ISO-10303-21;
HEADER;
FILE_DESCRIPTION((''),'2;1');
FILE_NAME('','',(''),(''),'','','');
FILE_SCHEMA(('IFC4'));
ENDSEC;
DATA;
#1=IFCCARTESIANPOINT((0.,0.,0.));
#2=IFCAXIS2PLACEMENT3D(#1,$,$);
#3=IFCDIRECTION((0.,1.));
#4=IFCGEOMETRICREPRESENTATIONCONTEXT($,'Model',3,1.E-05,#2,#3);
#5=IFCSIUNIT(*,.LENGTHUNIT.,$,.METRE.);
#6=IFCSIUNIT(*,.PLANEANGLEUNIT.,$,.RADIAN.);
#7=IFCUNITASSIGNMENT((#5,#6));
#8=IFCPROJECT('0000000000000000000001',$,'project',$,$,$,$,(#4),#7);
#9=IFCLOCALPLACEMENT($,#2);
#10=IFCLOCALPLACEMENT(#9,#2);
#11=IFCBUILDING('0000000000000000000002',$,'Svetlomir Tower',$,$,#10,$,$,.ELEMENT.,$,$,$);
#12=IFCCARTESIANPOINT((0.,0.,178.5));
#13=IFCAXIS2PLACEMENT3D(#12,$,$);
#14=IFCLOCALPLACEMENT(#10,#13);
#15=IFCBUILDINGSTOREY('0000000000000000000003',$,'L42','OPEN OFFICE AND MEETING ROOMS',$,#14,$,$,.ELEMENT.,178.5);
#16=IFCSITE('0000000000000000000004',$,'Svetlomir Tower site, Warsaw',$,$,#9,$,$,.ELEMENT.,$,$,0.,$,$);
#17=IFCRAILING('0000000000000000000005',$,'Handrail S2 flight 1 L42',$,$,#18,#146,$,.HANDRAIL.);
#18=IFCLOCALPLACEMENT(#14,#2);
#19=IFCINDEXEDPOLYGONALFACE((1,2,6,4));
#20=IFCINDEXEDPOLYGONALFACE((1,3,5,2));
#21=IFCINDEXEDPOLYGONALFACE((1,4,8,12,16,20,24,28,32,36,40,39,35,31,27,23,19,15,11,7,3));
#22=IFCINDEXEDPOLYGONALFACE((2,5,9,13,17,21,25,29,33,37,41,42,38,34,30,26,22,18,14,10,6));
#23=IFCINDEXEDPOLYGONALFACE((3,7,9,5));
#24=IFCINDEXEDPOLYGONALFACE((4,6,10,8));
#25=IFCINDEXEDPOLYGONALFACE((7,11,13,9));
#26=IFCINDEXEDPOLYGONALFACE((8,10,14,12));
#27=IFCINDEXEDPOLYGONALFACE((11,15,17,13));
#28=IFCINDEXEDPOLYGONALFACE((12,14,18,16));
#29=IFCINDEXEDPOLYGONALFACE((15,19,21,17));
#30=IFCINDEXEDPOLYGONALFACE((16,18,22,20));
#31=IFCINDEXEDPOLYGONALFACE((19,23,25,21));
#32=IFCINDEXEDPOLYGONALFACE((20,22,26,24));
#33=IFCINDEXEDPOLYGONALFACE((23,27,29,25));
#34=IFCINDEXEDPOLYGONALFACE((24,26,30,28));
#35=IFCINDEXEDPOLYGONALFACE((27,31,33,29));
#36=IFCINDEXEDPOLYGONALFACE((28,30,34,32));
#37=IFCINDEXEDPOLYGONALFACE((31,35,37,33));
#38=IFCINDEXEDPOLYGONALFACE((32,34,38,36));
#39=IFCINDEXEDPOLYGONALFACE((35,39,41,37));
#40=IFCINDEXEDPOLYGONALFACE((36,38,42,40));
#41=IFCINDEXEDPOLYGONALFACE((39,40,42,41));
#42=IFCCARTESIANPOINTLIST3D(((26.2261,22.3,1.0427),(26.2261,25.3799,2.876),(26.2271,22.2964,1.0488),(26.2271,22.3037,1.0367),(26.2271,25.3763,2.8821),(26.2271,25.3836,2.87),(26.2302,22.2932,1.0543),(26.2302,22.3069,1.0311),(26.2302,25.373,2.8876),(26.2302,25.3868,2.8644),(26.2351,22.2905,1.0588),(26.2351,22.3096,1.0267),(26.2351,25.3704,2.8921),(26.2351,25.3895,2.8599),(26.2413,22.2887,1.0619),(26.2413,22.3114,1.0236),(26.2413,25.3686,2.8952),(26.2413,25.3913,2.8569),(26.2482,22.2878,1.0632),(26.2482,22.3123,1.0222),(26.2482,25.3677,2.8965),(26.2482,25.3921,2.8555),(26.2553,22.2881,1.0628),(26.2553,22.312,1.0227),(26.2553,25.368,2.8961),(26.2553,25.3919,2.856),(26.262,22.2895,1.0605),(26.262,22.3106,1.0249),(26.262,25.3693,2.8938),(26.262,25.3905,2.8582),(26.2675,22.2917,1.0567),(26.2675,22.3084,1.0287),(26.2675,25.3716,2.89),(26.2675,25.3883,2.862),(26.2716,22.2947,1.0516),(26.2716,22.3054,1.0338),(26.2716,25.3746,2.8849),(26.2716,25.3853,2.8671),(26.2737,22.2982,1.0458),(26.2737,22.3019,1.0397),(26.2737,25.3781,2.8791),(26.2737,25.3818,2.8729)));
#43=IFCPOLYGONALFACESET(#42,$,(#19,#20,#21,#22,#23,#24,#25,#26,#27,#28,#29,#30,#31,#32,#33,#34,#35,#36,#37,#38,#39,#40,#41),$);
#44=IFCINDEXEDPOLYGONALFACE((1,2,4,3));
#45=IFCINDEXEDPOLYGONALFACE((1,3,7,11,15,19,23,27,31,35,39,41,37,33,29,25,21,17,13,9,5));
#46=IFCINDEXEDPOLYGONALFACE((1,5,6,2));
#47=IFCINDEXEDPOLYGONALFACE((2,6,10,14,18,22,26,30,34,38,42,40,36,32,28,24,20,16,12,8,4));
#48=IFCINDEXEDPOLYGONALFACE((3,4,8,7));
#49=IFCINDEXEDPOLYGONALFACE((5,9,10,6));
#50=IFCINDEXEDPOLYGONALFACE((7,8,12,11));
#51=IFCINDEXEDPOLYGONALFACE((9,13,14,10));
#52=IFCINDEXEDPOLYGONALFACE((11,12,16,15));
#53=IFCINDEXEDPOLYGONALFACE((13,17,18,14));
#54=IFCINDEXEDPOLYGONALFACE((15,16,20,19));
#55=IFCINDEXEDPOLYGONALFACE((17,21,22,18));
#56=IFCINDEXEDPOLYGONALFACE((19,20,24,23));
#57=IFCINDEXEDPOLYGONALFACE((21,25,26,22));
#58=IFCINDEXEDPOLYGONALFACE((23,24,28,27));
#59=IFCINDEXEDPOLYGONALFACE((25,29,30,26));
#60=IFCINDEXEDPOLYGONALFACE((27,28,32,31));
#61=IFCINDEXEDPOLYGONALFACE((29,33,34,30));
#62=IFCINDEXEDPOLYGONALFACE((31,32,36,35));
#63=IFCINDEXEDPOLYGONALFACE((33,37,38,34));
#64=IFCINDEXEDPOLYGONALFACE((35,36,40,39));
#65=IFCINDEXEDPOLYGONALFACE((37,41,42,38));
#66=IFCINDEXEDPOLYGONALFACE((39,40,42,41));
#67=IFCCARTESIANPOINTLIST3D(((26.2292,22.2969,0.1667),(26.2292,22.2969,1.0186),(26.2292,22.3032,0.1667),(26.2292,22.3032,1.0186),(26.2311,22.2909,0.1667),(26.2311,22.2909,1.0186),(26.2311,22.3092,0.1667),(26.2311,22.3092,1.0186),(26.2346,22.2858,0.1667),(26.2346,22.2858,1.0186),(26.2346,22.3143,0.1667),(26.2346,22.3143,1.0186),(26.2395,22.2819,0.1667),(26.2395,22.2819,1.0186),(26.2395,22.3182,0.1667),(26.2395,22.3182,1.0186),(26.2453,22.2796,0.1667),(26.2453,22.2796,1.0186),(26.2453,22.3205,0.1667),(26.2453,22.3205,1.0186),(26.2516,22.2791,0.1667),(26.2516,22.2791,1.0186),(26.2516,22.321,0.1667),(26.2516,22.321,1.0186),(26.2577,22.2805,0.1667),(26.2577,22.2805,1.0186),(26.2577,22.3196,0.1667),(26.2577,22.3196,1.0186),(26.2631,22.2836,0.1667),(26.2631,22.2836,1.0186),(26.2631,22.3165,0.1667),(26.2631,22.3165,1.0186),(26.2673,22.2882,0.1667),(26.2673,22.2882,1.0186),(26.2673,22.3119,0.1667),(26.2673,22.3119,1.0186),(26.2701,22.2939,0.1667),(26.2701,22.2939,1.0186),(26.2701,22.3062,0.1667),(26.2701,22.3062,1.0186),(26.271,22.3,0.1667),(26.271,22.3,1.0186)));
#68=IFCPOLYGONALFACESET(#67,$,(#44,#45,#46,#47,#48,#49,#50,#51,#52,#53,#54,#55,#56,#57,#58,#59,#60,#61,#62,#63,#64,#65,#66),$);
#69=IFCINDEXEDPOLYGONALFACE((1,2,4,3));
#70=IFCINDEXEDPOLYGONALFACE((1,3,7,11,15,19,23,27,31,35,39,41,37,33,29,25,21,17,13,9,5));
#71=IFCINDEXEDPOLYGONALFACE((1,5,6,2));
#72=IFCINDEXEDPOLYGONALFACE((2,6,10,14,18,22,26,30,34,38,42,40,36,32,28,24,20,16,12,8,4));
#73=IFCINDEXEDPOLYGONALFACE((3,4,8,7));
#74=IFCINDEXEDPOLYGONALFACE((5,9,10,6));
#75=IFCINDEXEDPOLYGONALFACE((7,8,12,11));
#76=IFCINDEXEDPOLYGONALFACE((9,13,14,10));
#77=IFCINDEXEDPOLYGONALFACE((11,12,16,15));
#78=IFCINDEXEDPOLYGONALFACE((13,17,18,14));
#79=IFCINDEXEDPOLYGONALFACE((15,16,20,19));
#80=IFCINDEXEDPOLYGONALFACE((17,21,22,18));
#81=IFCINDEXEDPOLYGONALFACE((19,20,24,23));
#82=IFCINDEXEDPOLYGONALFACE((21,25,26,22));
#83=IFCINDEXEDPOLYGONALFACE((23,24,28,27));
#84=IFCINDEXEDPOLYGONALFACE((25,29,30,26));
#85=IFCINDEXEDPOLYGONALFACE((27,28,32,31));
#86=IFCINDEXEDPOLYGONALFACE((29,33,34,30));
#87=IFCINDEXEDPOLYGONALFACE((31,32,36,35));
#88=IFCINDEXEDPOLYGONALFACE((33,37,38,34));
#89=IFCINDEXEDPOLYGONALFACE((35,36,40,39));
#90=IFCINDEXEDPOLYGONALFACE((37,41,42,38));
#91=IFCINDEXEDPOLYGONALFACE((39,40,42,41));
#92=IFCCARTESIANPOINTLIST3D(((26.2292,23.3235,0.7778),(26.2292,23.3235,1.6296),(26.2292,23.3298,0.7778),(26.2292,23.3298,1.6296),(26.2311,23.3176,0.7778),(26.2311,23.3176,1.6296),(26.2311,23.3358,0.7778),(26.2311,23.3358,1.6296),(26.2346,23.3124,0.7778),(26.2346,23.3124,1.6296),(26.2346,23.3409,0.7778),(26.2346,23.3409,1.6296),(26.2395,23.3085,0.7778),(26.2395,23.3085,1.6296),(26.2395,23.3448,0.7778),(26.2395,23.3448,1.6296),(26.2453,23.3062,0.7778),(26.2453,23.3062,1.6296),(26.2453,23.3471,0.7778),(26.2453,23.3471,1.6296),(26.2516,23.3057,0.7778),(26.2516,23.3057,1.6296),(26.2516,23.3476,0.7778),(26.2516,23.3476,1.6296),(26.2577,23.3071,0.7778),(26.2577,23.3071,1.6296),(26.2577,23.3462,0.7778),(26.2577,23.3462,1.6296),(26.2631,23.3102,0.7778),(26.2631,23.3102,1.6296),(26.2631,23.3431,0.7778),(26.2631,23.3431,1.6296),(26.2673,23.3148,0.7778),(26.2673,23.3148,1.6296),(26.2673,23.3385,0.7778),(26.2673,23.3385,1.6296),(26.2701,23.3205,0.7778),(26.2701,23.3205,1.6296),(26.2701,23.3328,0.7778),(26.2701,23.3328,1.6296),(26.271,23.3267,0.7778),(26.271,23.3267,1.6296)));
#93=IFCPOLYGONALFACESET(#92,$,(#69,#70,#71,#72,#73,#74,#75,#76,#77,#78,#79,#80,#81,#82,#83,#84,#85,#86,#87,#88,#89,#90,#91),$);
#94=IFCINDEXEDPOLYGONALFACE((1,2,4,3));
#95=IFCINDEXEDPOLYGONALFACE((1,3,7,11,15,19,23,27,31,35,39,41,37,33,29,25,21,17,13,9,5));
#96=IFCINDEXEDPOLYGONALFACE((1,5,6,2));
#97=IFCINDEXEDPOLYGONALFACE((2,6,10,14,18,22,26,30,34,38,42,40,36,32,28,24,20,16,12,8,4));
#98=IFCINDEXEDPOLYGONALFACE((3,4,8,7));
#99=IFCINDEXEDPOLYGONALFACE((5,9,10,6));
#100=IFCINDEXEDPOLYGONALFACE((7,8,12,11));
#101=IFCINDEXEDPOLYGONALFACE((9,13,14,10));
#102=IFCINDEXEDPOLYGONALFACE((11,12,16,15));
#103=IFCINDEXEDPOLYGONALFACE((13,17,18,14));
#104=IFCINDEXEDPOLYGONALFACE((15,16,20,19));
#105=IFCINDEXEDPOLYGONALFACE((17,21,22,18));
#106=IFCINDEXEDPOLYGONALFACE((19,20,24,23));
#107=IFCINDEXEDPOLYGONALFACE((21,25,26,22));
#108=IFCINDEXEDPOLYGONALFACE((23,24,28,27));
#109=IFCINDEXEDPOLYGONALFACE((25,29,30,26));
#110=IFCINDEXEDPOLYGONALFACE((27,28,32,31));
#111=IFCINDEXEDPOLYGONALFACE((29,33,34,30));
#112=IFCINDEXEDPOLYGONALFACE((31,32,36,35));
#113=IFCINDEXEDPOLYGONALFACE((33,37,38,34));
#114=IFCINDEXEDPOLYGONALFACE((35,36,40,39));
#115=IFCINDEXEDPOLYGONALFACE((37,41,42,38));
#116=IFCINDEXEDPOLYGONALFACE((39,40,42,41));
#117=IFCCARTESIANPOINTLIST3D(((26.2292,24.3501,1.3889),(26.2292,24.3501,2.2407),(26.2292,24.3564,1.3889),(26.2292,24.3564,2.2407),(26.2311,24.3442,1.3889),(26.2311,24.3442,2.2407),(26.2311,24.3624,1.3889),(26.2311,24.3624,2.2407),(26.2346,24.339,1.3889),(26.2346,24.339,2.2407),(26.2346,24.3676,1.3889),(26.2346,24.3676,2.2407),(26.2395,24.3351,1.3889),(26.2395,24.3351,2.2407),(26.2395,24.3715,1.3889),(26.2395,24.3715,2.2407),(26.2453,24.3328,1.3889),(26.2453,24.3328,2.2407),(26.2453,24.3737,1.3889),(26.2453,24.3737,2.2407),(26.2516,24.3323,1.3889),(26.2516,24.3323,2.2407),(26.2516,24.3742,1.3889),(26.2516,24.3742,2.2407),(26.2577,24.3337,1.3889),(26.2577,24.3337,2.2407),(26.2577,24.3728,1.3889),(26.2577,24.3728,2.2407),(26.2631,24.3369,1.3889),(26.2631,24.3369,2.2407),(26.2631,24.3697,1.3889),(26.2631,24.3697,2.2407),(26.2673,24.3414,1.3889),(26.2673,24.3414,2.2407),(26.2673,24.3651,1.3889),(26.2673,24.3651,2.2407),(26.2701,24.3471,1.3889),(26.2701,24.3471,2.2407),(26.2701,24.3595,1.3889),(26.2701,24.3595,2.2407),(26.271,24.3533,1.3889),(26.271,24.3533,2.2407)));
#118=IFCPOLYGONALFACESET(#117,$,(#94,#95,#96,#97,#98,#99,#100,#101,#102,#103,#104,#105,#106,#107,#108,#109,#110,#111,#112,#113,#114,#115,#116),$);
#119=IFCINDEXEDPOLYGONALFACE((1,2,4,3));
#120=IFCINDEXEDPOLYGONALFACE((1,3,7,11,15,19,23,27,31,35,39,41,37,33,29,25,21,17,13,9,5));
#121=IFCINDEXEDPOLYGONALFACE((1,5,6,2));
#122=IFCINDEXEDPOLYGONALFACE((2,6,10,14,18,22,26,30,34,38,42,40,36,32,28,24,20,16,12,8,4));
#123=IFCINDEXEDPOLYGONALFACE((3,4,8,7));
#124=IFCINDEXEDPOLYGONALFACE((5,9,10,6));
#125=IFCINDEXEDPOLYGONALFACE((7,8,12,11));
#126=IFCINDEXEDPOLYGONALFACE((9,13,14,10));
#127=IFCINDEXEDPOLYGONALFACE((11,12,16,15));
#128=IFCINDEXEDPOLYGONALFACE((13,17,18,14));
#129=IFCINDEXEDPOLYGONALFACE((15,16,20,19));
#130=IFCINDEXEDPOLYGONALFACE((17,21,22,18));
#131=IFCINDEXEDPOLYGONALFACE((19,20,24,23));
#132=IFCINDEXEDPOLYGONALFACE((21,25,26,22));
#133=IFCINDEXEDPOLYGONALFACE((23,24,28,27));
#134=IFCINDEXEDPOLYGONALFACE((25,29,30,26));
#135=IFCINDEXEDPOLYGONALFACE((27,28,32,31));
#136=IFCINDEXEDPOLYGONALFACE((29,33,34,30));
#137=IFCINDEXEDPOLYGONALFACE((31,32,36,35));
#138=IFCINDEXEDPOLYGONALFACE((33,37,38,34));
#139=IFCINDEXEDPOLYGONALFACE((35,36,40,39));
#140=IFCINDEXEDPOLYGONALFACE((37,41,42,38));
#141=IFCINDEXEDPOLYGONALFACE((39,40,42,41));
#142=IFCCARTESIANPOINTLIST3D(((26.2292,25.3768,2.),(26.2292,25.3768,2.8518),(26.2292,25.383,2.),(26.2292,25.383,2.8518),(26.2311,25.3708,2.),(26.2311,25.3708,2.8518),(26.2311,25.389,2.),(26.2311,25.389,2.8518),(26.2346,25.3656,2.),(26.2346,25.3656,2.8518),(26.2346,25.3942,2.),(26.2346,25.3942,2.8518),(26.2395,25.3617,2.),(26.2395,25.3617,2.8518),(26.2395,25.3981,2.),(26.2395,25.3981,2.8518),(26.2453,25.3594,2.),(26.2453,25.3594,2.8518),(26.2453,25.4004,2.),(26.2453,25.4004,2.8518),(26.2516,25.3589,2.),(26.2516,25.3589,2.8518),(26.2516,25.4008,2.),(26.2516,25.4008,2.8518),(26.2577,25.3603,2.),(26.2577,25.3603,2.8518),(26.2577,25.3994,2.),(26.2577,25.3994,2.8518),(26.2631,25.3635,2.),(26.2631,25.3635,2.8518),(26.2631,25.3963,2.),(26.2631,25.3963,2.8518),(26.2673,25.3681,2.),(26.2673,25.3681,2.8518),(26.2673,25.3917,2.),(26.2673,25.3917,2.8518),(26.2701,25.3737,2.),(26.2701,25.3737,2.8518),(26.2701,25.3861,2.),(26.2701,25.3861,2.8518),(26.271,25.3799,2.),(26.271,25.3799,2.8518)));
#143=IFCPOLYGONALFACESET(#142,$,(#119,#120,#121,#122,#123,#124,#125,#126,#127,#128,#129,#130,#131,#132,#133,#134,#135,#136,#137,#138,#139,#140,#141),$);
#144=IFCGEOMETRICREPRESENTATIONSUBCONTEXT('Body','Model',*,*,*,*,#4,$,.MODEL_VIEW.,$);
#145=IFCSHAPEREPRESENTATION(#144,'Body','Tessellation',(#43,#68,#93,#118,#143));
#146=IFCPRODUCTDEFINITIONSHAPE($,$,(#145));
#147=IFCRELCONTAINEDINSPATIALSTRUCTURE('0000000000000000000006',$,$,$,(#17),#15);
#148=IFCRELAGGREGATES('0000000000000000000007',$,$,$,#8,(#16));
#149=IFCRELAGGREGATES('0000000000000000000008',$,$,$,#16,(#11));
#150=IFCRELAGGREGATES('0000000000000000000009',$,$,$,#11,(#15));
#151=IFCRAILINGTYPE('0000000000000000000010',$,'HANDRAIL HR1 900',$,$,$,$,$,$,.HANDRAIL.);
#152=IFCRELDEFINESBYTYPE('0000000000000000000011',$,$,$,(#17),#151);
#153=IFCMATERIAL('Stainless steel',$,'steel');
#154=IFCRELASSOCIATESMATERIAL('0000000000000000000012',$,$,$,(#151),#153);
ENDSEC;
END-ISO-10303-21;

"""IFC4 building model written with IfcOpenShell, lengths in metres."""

from ifc_helpers import new_model, si_unit, direction, frame, origin, origin_2d, place, context, subcontext, project, spatial, circle, extrude, material, type_object, element, save


model = new_model("IFC4")

# Units and contexts
model_context = context("Model", 3, precision=1e-05, world=origin(), true_north=direction((0.0, 1.0)))
body_context = subcontext(model_context, "Body", "Model", "MODEL_VIEW")
ifc_project = project(units=[si_unit("LENGTHUNIT", "METRE"), si_unit("PLANEANGLEUNIT", "RADIAN")], contexts=[model_context])

# Site, building, storey
site_placement = place(None, origin())
site = spatial("IfcSite", under=ifc_project, at=site_placement, Name="Svetlomir Tower site, Warsaw", CompositionType="ELEMENT", RefElevation=0.0)
building_placement = place(site_placement, origin())
building = spatial("IfcBuilding", under=site, at=building_placement, Name="Svetlomir Tower", CompositionType="ELEMENT")
storey_placement = place(building_placement, frame((0.0, 0.0, 178.5)))
storey = spatial("IfcBuildingStorey", under=building, at=storey_placement, Name="L42", Description="OPEN OFFICE AND MEETING ROOMS", CompositionType="ELEMENT", Elevation=178.5)

# Railing
ifc_material_1 = material(Name="Stainless steel", Category="steel")
railing_type = type_object("IfcRailingType", Name="HANDRAIL HR1 900", PredefinedType="HANDRAIL", material=ifc_material_1)
railing_placement = place(storey_placement, frame((26.25, 22.3, 0.1667)))
element("IfcRailing", 1, at=railing_placement, inside=storey, type_object=railing_type, Name="Handrail S2 flight 1 L42", PredefinedType="HANDRAIL", context=body_context, shape_type="SweptSolid", body=[
    extrude(circle(Radius=0.0239, at=origin_2d()), frame((0.0, 0.0, 0.876), z_axis=(0.0, 0.859291, 0.511487), x_axis=(-1.0, 0.0, 0.0)), (0.0, 0.0, 1.0), 3.5842),
    extrude(circle(Radius=0.021, at=origin_2d()), origin(), (0.0, 0.0, 1.0), 0.8518),
    extrude(circle(Radius=0.021, at=origin_2d()), frame((0.0, 1.0266, 0.6111)), (0.0, 0.0, 1.0), 0.8518),
    extrude(circle(Radius=0.021, at=origin_2d()), frame((0.0, 2.0532, 1.2222)), (0.0, 0.0, 1.0), 0.8518),
    extrude(circle(Radius=0.021, at=origin_2d()), frame((0.0, 3.0798, 1.8333)), (0.0, 0.0, 1.0), 0.8518),
])

save(model, "model.ifc")
